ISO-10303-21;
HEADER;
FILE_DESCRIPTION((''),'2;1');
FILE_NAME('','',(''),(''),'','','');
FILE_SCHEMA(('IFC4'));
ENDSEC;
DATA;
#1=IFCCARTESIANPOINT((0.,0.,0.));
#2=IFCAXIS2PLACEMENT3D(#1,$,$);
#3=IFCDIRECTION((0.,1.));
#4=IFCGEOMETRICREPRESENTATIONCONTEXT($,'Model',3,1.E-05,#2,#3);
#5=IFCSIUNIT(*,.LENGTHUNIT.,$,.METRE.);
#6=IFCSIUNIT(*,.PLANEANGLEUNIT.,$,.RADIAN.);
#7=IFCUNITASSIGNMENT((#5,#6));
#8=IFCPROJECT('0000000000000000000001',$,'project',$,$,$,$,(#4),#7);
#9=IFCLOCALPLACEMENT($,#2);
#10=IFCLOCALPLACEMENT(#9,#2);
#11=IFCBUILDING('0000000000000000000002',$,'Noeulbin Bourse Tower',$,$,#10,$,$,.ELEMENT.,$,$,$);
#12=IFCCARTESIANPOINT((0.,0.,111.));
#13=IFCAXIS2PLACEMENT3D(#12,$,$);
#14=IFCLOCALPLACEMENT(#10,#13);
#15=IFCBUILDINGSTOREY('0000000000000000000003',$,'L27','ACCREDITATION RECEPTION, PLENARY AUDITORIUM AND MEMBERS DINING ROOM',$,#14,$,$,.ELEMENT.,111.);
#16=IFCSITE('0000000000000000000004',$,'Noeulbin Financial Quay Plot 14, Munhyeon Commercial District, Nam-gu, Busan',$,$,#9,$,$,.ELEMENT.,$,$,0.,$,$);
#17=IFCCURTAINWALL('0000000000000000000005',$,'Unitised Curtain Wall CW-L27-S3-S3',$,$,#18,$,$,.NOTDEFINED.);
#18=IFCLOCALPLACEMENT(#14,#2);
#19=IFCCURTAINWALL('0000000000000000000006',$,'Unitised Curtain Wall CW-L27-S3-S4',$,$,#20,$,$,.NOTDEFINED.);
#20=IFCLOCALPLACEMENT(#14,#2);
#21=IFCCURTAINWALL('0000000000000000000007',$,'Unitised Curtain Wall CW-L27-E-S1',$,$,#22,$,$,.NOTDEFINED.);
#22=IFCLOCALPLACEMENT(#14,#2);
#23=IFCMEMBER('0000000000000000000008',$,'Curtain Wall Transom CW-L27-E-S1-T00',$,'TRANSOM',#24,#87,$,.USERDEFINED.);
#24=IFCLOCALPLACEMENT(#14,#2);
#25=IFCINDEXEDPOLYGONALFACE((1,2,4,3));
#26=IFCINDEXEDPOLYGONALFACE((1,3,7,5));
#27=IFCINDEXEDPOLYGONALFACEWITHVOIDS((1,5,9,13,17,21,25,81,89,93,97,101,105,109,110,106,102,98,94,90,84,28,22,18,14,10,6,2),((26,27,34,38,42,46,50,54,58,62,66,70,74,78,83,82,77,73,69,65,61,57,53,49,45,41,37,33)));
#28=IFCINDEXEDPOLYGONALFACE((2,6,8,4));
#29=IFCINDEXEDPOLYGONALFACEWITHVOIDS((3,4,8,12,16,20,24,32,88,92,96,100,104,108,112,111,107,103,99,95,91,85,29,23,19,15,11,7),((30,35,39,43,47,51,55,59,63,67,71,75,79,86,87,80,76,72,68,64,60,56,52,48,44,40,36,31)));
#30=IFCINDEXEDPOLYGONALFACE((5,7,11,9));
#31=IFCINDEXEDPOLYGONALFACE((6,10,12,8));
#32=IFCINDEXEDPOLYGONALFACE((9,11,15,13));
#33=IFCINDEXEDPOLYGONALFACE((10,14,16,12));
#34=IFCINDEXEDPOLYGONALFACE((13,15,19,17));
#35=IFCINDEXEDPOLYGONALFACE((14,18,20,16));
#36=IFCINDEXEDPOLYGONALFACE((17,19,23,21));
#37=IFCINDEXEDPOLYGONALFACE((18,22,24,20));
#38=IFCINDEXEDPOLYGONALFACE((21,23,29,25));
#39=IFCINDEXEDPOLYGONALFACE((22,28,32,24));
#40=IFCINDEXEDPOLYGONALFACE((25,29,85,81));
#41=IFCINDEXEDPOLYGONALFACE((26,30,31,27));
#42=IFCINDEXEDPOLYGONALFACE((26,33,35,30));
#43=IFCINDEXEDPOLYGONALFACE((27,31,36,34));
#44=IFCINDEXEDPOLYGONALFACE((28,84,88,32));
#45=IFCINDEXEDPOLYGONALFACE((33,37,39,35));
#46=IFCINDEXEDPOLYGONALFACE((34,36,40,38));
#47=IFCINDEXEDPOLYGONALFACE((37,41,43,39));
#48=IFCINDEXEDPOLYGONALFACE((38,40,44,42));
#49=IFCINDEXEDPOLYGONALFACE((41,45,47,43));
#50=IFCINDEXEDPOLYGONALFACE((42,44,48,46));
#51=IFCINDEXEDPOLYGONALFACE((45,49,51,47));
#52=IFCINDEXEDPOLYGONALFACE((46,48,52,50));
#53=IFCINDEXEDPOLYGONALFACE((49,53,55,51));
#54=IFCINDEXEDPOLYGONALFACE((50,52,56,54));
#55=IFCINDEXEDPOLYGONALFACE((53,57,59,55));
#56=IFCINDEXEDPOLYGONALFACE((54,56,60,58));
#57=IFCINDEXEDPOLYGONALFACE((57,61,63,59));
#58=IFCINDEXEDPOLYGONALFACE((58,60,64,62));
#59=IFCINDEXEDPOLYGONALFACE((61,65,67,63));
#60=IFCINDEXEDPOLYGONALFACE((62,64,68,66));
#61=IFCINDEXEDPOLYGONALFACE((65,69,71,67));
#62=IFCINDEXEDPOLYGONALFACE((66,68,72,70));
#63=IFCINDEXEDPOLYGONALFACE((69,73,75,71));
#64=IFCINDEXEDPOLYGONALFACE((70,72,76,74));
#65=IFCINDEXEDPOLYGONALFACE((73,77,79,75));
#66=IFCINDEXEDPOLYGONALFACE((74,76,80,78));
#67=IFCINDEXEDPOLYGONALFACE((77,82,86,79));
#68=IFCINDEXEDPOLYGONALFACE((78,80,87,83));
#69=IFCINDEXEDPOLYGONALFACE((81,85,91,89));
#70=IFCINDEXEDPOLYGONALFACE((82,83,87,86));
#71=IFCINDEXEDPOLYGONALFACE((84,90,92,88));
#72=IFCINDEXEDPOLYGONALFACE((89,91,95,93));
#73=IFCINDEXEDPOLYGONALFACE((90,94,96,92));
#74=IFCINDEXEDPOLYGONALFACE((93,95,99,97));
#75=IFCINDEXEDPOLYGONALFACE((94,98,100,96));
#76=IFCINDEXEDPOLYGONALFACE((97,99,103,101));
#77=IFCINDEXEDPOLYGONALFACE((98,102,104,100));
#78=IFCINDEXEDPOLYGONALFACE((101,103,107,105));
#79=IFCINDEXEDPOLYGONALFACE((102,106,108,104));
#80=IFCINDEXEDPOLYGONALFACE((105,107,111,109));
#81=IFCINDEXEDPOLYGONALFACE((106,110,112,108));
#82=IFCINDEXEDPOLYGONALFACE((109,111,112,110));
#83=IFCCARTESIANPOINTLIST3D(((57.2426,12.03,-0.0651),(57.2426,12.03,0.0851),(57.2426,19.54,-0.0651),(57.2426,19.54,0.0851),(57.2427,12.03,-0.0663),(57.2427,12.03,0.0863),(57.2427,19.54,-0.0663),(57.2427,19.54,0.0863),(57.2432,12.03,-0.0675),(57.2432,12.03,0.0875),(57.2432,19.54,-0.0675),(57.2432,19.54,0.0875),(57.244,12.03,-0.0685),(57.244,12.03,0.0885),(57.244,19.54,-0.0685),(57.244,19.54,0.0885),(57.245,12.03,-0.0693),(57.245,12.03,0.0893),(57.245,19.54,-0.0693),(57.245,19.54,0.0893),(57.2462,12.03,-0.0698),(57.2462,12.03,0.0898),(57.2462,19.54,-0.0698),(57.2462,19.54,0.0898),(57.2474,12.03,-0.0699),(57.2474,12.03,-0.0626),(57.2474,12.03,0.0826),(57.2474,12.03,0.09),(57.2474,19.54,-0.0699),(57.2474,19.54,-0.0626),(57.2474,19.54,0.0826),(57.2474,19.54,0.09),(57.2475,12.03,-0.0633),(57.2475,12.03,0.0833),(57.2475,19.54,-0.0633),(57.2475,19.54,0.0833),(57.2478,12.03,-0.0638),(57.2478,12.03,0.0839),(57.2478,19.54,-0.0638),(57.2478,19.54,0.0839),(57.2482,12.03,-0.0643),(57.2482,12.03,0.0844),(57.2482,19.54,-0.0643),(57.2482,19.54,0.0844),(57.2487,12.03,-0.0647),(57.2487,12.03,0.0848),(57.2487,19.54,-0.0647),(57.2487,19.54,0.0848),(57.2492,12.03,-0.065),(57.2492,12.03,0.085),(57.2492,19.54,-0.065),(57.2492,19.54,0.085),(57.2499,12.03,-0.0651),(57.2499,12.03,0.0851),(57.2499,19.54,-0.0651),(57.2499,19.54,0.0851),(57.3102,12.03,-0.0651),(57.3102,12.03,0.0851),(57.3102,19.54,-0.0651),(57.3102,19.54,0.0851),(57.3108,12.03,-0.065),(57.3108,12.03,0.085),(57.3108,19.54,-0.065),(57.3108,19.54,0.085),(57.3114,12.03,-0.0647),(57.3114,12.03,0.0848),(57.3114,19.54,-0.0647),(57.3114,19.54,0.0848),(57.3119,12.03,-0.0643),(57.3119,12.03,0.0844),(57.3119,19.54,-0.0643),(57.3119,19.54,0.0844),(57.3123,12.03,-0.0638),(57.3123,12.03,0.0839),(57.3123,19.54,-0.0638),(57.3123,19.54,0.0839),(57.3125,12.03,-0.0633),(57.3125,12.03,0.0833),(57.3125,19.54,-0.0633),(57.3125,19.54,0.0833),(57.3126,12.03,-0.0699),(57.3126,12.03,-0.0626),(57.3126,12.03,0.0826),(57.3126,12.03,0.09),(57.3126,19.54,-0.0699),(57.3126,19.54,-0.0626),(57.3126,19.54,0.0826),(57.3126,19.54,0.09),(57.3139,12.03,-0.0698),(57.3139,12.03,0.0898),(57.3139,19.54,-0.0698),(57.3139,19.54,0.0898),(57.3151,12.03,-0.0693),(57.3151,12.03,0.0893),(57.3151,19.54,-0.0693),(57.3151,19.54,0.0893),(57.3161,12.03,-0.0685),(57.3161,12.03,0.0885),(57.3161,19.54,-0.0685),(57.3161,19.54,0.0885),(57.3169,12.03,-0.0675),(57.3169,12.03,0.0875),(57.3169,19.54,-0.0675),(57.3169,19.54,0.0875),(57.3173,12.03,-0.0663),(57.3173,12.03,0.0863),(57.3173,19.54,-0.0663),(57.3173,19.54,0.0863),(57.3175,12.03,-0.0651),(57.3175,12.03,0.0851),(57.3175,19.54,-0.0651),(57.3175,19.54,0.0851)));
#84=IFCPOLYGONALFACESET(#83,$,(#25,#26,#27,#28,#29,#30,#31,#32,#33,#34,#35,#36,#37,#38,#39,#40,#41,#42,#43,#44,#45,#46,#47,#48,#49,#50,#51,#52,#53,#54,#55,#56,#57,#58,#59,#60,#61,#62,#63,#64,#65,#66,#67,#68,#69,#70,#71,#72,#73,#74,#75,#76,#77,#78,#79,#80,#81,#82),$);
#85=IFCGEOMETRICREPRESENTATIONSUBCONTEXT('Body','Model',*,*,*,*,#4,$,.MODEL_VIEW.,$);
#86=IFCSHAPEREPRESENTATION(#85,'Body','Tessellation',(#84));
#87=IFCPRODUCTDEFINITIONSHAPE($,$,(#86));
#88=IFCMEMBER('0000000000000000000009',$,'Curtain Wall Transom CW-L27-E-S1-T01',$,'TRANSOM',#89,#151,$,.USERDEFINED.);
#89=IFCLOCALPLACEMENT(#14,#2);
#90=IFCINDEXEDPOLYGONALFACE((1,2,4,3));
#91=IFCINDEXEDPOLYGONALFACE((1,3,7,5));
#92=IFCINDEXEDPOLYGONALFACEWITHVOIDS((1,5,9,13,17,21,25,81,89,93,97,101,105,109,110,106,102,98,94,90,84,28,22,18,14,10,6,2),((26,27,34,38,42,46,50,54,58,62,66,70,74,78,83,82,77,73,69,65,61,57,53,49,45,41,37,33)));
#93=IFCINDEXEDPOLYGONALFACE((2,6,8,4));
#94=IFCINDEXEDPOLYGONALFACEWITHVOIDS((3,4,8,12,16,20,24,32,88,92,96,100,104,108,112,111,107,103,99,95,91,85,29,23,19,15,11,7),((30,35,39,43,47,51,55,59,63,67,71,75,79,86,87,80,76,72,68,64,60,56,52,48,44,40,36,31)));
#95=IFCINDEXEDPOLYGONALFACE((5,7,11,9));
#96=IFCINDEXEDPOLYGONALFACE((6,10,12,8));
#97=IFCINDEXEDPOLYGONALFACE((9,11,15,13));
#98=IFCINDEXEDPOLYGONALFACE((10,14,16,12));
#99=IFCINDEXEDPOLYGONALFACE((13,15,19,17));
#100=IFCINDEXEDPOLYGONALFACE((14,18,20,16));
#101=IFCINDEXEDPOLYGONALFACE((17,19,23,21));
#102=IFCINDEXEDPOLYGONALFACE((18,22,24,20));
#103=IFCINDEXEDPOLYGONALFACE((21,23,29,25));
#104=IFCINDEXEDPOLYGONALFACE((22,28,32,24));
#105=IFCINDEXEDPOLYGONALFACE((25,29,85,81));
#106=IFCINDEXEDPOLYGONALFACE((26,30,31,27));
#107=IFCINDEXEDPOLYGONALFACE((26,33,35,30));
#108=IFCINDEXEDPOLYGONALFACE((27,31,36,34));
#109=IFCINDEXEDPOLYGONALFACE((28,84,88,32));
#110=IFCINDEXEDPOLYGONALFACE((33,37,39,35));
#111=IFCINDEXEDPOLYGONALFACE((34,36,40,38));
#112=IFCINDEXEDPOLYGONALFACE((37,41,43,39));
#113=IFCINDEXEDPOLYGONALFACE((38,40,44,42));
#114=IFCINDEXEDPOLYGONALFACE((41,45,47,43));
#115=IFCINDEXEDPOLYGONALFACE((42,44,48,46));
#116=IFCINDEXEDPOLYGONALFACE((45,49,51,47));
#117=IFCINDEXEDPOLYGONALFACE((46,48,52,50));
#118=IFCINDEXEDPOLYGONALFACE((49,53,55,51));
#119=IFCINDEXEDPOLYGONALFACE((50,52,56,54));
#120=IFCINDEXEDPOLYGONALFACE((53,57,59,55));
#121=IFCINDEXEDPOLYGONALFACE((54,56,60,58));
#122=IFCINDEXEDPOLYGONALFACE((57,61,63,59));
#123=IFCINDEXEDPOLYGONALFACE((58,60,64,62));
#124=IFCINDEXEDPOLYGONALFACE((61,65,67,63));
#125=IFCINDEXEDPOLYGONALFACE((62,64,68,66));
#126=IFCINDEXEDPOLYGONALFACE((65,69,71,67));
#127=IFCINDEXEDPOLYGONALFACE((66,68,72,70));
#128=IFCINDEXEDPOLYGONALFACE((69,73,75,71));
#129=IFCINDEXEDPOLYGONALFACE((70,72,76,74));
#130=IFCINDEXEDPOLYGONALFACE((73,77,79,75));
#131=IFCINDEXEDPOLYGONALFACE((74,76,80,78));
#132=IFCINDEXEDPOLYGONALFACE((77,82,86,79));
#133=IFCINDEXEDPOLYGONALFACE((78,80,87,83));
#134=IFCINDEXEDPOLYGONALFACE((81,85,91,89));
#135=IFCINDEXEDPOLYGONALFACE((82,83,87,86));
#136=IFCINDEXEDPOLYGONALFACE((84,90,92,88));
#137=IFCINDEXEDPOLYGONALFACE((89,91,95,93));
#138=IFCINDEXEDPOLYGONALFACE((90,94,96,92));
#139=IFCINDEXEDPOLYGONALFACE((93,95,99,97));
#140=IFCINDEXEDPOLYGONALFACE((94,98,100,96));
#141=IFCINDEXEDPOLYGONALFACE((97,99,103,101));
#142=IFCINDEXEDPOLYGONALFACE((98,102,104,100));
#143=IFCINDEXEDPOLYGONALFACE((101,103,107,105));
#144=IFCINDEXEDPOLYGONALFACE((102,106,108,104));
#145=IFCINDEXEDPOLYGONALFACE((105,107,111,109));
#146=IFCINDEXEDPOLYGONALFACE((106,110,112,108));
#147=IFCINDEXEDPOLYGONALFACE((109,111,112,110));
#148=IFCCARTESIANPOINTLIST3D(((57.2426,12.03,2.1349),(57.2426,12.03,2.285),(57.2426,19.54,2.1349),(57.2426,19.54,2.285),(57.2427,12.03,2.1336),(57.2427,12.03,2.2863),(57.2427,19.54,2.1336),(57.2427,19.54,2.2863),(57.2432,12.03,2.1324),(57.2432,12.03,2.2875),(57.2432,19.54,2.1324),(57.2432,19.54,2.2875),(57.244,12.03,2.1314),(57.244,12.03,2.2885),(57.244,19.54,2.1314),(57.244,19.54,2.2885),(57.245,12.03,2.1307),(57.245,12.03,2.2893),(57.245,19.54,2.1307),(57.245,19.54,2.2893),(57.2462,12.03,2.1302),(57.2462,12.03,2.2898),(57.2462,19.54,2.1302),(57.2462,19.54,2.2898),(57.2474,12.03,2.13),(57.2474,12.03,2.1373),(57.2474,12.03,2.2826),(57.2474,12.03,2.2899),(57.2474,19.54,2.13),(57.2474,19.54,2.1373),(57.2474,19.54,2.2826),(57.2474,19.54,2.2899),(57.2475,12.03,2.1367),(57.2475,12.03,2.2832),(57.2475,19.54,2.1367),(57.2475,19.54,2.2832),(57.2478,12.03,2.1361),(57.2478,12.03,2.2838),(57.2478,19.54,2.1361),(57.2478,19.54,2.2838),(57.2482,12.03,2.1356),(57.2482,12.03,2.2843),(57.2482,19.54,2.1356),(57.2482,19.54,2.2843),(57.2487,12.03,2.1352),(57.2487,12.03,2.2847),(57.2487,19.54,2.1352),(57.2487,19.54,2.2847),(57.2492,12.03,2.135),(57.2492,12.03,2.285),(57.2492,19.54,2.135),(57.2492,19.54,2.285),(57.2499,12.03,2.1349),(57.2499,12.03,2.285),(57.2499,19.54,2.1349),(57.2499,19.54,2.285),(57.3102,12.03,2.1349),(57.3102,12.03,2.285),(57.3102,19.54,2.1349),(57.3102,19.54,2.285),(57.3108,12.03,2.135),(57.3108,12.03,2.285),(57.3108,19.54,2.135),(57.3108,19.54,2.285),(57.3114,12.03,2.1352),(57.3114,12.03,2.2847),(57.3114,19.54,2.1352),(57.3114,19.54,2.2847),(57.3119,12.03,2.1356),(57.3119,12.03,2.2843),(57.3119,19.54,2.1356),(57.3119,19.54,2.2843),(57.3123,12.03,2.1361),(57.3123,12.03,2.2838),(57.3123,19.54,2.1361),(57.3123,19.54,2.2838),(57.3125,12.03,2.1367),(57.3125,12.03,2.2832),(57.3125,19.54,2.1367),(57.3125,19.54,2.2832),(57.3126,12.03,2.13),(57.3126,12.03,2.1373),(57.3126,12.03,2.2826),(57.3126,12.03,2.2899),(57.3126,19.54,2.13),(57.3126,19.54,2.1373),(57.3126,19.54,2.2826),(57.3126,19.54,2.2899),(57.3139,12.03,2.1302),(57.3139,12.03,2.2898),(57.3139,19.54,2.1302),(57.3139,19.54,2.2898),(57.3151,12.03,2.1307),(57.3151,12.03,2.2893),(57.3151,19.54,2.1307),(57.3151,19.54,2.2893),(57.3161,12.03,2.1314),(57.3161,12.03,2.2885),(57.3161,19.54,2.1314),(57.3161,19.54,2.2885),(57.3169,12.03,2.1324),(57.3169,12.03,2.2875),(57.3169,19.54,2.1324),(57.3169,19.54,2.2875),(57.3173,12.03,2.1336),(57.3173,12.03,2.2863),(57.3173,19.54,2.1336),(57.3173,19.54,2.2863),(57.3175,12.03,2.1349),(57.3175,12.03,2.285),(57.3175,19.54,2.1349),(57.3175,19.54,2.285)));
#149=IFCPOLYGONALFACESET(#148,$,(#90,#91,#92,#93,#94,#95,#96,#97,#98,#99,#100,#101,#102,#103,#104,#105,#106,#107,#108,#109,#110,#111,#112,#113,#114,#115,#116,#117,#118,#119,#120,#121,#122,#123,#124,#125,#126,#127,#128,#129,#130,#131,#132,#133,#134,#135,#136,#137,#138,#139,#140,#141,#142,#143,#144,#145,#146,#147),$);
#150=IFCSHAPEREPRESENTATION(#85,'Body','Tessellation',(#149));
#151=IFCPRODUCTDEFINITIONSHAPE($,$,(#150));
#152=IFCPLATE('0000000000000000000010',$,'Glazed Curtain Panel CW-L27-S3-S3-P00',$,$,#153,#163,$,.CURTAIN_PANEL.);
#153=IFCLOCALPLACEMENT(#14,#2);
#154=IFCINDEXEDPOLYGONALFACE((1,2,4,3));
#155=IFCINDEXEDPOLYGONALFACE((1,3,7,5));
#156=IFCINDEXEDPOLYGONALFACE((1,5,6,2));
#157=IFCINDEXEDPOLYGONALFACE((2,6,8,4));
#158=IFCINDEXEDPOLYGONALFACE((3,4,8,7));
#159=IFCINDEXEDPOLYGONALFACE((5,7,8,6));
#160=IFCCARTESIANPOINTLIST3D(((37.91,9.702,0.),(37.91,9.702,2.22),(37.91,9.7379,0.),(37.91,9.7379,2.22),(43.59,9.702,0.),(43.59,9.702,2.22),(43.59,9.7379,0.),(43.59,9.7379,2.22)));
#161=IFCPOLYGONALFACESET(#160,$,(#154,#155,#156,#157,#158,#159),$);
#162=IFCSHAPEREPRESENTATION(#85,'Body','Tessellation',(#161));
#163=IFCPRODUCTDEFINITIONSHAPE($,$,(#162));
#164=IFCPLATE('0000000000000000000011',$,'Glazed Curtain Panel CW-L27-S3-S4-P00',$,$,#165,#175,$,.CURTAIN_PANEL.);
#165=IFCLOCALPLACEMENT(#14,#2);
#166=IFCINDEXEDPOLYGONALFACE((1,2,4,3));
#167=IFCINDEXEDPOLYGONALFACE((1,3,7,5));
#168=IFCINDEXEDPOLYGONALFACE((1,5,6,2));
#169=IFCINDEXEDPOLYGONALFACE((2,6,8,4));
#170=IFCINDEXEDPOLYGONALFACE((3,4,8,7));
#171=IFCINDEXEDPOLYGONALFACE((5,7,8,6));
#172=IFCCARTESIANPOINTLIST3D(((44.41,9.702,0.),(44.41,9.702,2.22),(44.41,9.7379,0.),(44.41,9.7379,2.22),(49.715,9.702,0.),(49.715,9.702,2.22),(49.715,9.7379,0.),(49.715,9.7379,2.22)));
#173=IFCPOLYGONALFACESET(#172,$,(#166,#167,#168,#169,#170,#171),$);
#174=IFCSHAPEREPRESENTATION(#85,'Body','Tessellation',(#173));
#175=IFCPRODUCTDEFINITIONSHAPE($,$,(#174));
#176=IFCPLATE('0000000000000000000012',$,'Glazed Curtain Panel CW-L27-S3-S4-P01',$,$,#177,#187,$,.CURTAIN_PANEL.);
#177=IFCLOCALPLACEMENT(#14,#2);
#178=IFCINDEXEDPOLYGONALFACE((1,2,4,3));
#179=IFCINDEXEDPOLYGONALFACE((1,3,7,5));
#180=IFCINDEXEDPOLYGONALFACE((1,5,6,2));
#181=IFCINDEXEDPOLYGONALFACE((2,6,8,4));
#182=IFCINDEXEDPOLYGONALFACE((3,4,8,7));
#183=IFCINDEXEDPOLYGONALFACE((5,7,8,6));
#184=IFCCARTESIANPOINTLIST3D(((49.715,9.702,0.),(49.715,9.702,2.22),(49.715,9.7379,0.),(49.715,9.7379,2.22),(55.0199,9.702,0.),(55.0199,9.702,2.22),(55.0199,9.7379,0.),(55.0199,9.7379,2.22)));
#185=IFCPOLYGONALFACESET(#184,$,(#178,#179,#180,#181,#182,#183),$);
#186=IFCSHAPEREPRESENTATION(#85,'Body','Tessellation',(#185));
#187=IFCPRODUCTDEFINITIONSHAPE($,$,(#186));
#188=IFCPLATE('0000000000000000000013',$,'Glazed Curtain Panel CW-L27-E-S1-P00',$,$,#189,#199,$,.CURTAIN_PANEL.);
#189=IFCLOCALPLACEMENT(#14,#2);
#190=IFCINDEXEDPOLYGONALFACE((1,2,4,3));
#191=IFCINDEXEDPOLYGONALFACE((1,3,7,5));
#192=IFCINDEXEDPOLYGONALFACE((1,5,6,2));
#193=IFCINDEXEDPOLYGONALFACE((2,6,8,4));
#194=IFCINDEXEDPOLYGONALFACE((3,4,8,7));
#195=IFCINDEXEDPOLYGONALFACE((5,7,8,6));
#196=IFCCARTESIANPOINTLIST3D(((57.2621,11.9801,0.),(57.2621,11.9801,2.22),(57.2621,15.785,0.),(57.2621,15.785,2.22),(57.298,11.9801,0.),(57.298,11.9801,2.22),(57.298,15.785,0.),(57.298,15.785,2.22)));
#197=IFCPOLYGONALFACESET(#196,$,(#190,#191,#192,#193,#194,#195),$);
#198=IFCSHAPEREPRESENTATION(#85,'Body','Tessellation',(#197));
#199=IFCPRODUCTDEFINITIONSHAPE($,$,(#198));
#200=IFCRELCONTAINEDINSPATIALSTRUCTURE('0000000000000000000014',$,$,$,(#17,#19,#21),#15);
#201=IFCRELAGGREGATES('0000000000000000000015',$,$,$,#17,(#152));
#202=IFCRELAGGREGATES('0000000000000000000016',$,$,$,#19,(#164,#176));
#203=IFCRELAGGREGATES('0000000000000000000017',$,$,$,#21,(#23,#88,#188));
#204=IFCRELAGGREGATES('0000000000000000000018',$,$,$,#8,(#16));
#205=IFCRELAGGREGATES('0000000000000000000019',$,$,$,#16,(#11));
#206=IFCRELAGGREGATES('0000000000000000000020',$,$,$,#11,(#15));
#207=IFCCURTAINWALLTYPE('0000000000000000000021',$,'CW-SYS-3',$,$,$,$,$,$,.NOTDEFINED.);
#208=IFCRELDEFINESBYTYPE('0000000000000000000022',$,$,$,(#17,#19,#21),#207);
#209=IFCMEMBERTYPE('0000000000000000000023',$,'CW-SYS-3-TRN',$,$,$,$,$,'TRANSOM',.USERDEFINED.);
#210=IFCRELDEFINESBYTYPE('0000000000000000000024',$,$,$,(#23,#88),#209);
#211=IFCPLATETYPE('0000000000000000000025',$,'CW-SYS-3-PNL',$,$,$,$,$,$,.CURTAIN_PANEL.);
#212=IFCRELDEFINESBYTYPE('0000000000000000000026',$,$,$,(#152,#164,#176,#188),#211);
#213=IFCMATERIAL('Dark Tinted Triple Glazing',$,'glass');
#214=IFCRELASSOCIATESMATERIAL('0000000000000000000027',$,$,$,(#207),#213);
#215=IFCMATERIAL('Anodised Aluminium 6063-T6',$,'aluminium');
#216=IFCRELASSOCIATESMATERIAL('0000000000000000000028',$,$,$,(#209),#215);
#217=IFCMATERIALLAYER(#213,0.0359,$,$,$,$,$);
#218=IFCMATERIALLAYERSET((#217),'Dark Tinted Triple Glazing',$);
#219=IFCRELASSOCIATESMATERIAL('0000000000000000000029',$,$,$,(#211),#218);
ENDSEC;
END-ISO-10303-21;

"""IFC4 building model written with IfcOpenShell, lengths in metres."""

from ifc_helpers import new_model, si_unit, direction, frame, origin, origin_2d, place, context, subcontext, project, spatial, rectangle, hollow_rectangle, extrude, material, layer, layer_set, material_profile, profile_set, type_object, element, aggregate, save


model = new_model("IFC4")

# Units and contexts
model_context = context("Model", 3, precision=1e-05, world=origin(), true_north=direction((0.0, 1.0)))
body_context = subcontext(model_context, "Body", "Model", "MODEL_VIEW")
ifc_project = project(units=[si_unit("LENGTHUNIT", "METRE"), si_unit("PLANEANGLEUNIT", "RADIAN")], contexts=[model_context])

# Site, building, storey
site_placement = place(None, origin())
site = spatial("IfcSite", under=ifc_project, at=site_placement, Name="Noeulbin Financial Quay Plot 14, Munhyeon Commercial District, Nam-gu, Busan", CompositionType="ELEMENT", RefElevation=0.0)
building_placement = place(site_placement, origin())
building = spatial("IfcBuilding", under=site, at=building_placement, Name="Noeulbin Bourse Tower", CompositionType="ELEMENT")
storey_placement = place(building_placement, frame((0.0, 0.0, 111.0)))
storey = spatial("IfcBuildingStorey", under=building, at=storey_placement, Name="L27", Description="ACCREDITATION RECEPTION, PLENARY AUDITORIUM AND MEMBERS DINING ROOM", CompositionType="ELEMENT", Elevation=111.0)

# Curtain wall
ifc_material_1 = material(Name="Dark Tinted Triple Glazing", Category="glass")
curtain_wall_type = type_object("IfcCurtainWallType", Name="CW-SYS-3", PredefinedType="NOTDEFINED", material=ifc_material_1)
curtain_wall_1_placement = place(storey_placement, origin())
curtain_wall_1 = element("IfcCurtainWall", 1, at=curtain_wall_1_placement, inside=storey, type_object=curtain_wall_type, Name="Unitised Curtain Wall CW-L27-S3-S3", PredefinedType="NOTDEFINED")
ifc_material_2 = material(Name="Anodised Aluminium 6063-T6", Category="aluminium")

# Curtain walls
curtain_wall_2_placement = place(storey_placement, origin())
curtain_wall_2 = element("IfcCurtainWall", 2, at=curtain_wall_2_placement, inside=storey, type_object=curtain_wall_type, Name="Unitised Curtain Wall CW-L27-S3-S4", PredefinedType="NOTDEFINED")
curtain_wall_3_placement = place(storey_placement, origin())
curtain_wall_3 = element("IfcCurtainWall", 3, at=curtain_wall_3_placement, inside=storey, type_object=curtain_wall_type, Name="Unitised Curtain Wall CW-L27-E-S1", PredefinedType="NOTDEFINED")

# Members
ifc_material_profile_1 = material_profile(ifc_material_2, hollow_rectangle(XDim=0.075, YDim=0.1599, WallThickness=0.0049, InnerFilletRadius=0.0024, OuterFilletRadius=0.0049, at=origin_2d()), Name="ALU-TRAN-75x160x5", Category="LoadBearing")
ifc_profile_set_1 = profile_set([ifc_material_profile_1], Name="Anodised Aluminium 6063-T6")
member_type_1 = type_object("IfcMemberType", Name="CW-SYS-3-TRN", ElementType="TRANSOM", PredefinedType="USERDEFINED", material=ifc_profile_set_1)
member_1_placement = place(storey_placement, frame((57.28, 12.03, 0.01), z_axis=(0.0, 1.0, 0.0), x_axis=(-1.0, 0.0, 0.0)))
member_1 = element("IfcMember", 4, at=member_1_placement, type_object=member_type_1, Name="Curtain Wall Transom CW-L27-E-S1-T00", ObjectType="TRANSOM", PredefinedType="USERDEFINED", context=body_context, shape_type="SweptSolid", body=[
    extrude(hollow_rectangle(XDim=0.075, YDim=0.1599, WallThickness=0.0049, InnerFilletRadius=0.0024, OuterFilletRadius=0.0049, at=origin_2d()), origin(), (0.0, 0.0, 1.0), 7.51),
])
member_2_placement = place(storey_placement, frame((57.28, 12.03, 2.21), z_axis=(0.0, 1.0, 0.0), x_axis=(-1.0, 0.0, 0.0)))
member_2 = element("IfcMember", 5, at=member_2_placement, type_object=member_type_1, Name="Curtain Wall Transom CW-L27-E-S1-T01", ObjectType="TRANSOM", PredefinedType="USERDEFINED", context=body_context, shape_type="SweptSolid", body=[
    extrude(hollow_rectangle(XDim=0.075, YDim=0.1599, WallThickness=0.0049, InnerFilletRadius=0.0024, OuterFilletRadius=0.0049, at=origin_2d()), origin(), (0.0, 0.0, 1.0), 7.51),
])

# Plates
ifc_layer_1 = layer(ifc_material_1, 0.0359)
ifc_layer_set_1 = layer_set([ifc_layer_1], Name="Dark Tinted Triple Glazing")
plate_type_1 = type_object("IfcPlateType", Name="CW-SYS-3-PNL", PredefinedType="CURTAIN_PANEL", material=ifc_layer_set_1)
plate_1_placement = place(storey_placement, frame((40.75, 9.72, 0.0), z_axis=(0.0, 0.0, 1.0), x_axis=(1.0, 0.0, 0.0)))
plate_1 = element("IfcPlate", 6, at=plate_1_placement, type_object=plate_type_1, Name="Glazed Curtain Panel CW-L27-S3-S3-P00", PredefinedType="CURTAIN_PANEL", context=body_context, shape_type="SweptSolid", body=[
    extrude(rectangle(XDim=5.6799, YDim=0.0359, at=origin_2d()), origin(), (0.0, 0.0, 1.0), 2.22),
])
aggregate(curtain_wall_1, [plate_1])
plate_2_placement = place(storey_placement, frame((47.0625, 9.72, 0.0), z_axis=(0.0, 0.0, 1.0), x_axis=(1.0, 0.0, 0.0)))
plate_2 = element("IfcPlate", 7, at=plate_2_placement, type_object=plate_type_1, Name="Glazed Curtain Panel CW-L27-S3-S4-P00", PredefinedType="CURTAIN_PANEL", context=body_context, shape_type="SweptSolid", body=[
    extrude(rectangle(XDim=5.3049, YDim=0.0359, at=origin_2d()), origin(), (0.0, 0.0, 1.0), 2.22),
])
plate_3_placement = place(storey_placement, frame((52.3674, 9.72, 0.0), z_axis=(0.0, 0.0, 1.0), x_axis=(1.0, 0.0, 0.0)))
plate_3 = element("IfcPlate", 8, at=plate_3_placement, type_object=plate_type_1, Name="Glazed Curtain Panel CW-L27-S3-S4-P01", PredefinedType="CURTAIN_PANEL", context=body_context, shape_type="SweptSolid", body=[
    extrude(rectangle(XDim=5.3049, YDim=0.0359, at=origin_2d()), origin(), (0.0, 0.0, 1.0), 2.22),
])
aggregate(curtain_wall_2, [plate_2, plate_3])
plate_4_placement = place(storey_placement, frame((57.28, 13.8826, 0.0), z_axis=(0.0, 0.0, 1.0), x_axis=(0.0, 1.0, 0.0)))
plate_4 = element("IfcPlate", 9, at=plate_4_placement, type_object=plate_type_1, Name="Glazed Curtain Panel CW-L27-E-S1-P00", PredefinedType="CURTAIN_PANEL", context=body_context, shape_type="SweptSolid", body=[
    extrude(rectangle(XDim=3.8049, YDim=0.0359, at=origin_2d()), origin(), (0.0, 0.0, 1.0), 2.22),
])
aggregate(curtain_wall_3, [member_1, member_2, plate_4])

save(model, "model.ifc")
